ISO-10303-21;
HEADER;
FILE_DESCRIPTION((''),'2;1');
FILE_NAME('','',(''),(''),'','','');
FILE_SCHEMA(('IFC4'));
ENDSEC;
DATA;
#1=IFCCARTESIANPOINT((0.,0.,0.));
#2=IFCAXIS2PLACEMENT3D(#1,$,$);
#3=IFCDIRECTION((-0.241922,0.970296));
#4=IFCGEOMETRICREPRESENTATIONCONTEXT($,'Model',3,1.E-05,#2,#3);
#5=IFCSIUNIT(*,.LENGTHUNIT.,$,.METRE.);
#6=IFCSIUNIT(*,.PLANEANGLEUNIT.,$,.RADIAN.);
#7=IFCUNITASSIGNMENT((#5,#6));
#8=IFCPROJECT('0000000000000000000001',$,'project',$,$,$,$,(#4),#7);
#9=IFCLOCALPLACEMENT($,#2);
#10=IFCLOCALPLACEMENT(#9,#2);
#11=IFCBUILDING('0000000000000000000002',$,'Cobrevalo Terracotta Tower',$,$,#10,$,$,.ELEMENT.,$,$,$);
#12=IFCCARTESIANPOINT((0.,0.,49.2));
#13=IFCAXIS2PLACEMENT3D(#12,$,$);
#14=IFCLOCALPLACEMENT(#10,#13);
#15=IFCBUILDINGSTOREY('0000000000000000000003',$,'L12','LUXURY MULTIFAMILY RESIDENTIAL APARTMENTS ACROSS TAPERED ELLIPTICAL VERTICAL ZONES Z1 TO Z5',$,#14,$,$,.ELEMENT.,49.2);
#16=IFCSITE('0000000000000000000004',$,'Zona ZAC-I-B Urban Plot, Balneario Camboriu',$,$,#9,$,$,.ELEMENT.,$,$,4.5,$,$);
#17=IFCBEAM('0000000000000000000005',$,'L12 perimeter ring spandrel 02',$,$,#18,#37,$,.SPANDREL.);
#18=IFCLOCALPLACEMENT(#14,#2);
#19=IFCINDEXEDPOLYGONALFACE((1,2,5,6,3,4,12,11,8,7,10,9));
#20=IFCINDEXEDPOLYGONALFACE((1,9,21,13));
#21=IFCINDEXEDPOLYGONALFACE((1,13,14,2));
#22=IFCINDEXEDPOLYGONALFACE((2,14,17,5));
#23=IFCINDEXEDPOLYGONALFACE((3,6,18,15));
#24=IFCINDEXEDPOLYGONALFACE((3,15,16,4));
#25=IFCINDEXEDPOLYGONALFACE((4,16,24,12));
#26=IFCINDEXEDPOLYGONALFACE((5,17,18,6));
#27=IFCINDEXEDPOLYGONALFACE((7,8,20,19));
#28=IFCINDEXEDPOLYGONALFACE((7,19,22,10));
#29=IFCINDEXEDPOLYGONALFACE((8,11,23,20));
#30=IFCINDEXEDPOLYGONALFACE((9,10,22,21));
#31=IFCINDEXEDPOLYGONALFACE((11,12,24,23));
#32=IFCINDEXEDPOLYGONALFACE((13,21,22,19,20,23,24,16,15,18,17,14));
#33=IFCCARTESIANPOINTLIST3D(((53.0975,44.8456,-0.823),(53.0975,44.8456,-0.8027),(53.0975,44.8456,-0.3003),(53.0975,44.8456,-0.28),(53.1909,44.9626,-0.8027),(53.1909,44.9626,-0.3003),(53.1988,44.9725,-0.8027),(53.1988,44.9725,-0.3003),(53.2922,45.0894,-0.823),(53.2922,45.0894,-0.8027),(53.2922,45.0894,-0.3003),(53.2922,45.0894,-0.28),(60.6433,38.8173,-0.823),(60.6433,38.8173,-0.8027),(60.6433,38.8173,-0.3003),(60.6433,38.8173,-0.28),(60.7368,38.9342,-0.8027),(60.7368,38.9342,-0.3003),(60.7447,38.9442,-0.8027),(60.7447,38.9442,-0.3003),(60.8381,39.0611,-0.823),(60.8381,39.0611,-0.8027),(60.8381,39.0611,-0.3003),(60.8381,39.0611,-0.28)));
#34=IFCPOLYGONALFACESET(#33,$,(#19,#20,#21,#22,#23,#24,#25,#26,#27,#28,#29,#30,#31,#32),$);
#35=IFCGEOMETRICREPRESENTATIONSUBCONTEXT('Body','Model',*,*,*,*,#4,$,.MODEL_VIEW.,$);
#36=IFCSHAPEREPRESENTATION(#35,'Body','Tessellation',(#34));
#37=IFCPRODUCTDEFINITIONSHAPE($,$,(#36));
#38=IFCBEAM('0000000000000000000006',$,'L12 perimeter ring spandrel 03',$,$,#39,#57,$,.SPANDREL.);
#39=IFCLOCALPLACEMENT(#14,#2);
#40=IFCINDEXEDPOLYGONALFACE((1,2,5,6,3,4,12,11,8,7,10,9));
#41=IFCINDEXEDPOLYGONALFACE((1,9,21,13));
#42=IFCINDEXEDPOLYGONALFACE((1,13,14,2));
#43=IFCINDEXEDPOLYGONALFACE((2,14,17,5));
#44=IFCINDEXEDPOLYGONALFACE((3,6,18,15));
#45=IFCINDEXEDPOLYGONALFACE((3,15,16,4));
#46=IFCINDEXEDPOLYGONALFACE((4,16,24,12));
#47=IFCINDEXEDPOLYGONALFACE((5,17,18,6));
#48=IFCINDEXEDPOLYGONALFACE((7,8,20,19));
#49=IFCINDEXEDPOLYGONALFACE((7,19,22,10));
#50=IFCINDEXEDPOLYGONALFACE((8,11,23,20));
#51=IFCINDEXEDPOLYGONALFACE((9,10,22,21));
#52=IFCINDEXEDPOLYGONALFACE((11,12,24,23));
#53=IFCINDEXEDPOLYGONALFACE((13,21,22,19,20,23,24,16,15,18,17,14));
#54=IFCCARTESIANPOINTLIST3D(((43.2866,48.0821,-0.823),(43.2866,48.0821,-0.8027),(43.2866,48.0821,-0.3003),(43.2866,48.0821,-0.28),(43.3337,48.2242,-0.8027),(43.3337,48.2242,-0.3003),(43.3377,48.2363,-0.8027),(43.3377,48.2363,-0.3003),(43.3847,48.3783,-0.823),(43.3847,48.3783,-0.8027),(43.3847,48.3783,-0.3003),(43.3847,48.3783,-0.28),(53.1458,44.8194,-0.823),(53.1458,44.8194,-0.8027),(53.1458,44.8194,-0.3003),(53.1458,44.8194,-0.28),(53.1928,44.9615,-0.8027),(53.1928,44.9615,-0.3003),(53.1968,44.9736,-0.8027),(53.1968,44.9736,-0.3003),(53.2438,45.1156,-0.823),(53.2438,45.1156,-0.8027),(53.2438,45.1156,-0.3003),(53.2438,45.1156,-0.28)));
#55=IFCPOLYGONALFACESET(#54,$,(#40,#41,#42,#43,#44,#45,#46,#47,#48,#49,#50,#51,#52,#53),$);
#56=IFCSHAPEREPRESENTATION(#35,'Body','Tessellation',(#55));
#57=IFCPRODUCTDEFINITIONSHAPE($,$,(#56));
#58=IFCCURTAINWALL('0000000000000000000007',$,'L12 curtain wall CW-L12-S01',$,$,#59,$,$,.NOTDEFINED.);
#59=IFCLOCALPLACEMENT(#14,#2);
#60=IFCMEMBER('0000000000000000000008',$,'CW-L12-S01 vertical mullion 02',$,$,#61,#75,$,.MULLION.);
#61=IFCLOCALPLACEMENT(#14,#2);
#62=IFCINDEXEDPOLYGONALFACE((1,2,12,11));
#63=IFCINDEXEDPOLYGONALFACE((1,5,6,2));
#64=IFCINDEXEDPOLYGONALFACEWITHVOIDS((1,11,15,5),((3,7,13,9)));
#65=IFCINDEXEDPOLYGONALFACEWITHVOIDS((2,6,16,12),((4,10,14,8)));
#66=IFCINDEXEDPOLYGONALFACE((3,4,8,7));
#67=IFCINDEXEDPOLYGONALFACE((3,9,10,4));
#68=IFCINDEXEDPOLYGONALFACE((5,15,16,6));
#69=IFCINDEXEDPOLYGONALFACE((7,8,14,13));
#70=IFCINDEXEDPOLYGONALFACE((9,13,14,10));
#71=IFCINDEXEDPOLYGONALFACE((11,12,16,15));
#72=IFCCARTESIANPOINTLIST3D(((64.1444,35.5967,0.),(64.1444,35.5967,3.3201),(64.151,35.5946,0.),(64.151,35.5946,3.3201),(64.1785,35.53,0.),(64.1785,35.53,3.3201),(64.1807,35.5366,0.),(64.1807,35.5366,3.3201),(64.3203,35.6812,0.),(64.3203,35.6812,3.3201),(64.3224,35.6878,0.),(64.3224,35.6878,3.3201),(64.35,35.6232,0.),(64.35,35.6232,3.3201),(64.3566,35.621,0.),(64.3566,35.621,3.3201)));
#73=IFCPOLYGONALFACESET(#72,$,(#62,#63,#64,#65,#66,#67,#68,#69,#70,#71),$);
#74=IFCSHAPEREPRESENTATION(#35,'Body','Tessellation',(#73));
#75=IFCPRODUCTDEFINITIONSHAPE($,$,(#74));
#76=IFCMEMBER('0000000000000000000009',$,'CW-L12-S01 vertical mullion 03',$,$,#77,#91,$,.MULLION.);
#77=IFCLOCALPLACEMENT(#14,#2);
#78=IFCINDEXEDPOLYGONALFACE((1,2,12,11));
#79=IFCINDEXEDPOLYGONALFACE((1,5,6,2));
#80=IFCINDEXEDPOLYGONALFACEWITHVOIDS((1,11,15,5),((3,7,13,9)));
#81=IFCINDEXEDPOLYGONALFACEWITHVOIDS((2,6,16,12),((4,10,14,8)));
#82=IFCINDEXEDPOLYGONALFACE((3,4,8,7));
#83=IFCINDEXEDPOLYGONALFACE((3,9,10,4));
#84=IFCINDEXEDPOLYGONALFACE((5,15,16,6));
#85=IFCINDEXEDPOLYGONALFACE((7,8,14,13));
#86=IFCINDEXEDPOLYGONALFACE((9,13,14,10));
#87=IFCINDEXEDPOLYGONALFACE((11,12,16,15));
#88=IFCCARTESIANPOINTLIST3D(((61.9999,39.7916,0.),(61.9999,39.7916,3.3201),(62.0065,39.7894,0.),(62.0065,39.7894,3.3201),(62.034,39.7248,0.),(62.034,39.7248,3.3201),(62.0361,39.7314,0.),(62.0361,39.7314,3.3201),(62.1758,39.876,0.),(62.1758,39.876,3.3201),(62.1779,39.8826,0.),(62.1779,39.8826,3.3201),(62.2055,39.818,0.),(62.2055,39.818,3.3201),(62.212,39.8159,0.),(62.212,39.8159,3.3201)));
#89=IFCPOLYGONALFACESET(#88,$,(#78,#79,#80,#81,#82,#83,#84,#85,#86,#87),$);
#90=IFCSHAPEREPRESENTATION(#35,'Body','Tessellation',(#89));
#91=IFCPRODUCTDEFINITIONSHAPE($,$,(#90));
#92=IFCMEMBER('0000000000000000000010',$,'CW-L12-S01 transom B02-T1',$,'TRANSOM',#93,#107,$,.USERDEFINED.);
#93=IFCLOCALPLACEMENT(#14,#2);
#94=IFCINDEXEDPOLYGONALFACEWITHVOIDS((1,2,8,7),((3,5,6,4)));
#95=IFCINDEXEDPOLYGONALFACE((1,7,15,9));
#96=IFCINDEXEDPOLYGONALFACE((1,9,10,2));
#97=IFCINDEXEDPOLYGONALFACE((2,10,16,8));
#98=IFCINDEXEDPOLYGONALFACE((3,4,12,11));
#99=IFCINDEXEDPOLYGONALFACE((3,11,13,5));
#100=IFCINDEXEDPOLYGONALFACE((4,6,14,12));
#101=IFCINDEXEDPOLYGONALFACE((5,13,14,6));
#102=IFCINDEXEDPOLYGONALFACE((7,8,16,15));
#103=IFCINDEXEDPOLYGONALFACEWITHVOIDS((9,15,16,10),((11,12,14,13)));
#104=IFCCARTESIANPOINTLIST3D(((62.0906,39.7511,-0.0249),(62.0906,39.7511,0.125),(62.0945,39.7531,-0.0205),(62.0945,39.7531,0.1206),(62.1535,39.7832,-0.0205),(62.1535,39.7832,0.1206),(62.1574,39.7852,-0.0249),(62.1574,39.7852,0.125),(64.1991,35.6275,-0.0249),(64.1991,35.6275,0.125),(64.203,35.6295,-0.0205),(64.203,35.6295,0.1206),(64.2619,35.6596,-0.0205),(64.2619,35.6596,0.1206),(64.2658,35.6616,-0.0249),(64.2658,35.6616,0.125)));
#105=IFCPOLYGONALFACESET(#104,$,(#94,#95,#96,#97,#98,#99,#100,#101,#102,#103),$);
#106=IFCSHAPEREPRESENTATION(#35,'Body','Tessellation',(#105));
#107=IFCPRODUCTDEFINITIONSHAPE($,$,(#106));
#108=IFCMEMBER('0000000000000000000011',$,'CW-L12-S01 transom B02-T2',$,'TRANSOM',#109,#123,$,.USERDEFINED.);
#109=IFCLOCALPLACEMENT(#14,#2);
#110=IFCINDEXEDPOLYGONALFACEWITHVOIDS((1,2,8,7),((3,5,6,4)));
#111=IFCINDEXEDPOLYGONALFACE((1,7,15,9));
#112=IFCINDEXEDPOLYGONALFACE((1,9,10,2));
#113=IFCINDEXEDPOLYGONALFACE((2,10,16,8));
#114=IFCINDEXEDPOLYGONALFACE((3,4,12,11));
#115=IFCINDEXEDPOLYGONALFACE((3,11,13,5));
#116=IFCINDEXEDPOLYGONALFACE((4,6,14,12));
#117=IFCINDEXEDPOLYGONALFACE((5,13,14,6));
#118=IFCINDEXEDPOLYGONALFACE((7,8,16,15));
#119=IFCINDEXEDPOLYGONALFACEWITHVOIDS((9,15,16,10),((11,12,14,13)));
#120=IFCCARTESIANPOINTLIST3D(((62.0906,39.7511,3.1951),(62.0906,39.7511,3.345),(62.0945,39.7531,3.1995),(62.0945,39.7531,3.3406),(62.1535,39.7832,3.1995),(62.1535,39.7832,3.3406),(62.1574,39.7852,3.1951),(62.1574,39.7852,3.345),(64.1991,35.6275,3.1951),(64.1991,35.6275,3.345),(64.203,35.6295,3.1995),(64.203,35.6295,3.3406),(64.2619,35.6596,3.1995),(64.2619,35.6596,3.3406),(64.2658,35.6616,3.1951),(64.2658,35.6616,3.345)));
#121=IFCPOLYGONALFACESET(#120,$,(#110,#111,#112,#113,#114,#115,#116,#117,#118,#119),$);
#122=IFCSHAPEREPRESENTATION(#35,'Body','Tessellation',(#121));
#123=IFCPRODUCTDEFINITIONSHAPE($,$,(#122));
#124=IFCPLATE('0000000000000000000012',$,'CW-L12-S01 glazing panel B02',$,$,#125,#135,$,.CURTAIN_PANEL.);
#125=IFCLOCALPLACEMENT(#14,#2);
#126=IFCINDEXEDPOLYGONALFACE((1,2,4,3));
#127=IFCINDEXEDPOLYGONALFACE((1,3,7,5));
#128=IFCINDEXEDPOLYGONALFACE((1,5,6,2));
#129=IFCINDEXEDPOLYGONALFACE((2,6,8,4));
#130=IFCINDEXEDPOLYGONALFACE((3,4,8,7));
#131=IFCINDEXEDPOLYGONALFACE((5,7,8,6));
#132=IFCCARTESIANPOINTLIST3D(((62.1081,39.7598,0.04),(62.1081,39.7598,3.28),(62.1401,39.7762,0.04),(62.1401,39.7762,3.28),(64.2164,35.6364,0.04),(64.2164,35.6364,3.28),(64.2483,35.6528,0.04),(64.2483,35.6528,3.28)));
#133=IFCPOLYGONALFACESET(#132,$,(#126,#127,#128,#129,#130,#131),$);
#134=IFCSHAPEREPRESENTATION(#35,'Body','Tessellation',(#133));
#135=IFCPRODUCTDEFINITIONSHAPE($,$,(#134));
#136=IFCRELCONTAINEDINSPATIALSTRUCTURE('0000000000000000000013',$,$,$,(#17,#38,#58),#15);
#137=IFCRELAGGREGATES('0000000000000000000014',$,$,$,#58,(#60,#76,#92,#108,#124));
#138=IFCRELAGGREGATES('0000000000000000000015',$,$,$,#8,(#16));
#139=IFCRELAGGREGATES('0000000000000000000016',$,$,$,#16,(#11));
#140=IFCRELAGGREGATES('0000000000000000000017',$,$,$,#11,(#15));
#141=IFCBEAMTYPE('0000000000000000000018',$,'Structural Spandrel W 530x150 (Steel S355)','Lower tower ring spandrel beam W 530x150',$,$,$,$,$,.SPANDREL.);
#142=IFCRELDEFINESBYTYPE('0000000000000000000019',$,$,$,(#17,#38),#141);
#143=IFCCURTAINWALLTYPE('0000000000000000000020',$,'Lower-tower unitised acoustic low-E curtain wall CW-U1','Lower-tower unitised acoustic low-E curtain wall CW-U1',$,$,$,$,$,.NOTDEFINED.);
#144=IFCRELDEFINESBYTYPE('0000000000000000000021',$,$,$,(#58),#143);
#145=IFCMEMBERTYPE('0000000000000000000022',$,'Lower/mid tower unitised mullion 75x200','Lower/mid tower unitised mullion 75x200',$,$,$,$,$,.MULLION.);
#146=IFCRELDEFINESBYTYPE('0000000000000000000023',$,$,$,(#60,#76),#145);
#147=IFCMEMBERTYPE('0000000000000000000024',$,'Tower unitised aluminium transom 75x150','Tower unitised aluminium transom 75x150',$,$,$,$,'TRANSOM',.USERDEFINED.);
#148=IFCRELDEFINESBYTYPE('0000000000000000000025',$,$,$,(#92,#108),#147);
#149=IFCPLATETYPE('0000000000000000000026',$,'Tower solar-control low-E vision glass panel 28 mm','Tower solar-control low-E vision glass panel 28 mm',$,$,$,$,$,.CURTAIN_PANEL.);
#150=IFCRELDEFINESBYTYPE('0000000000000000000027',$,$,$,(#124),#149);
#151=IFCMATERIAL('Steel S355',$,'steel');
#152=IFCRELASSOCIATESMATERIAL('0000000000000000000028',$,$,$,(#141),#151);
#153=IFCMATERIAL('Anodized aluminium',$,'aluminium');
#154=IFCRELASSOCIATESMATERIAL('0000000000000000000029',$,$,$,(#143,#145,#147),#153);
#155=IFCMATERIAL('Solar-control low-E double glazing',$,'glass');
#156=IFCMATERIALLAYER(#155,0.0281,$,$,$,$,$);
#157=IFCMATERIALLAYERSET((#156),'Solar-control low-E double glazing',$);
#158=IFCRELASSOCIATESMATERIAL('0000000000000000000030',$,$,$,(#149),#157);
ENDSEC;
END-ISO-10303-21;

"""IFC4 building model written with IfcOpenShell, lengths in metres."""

from ifc_helpers import new_model, si_unit, direction, frame, origin, origin_2d, place, context, subcontext, project, spatial, rectangle, hollow_rectangle, i_section, extrude, source, transform, mapped, material, layer, layer_set, material_profile, profile_set, type_object, element, aggregate, save


model = new_model("IFC4")

# Units and contexts
model_context = context("Model", 3, precision=1e-05, world=origin(), true_north=direction((-0.241922, 0.970296)))
body_context = subcontext(model_context, "Body", "Model", "MODEL_VIEW")
ifc_project = project(units=[si_unit("LENGTHUNIT", "METRE"), si_unit("PLANEANGLEUNIT", "RADIAN")], contexts=[model_context])

# Site, building, storey
site_placement = place(None, origin())
site = spatial("IfcSite", under=ifc_project, at=site_placement, Name="Zona ZAC-I-B Urban Plot, Balneario Camboriu", CompositionType="ELEMENT", RefElevation=4.5)
building_placement = place(site_placement, origin())
building = spatial("IfcBuilding", under=site, at=building_placement, Name="Cobrevalo Terracotta Tower", CompositionType="ELEMENT")
storey_placement = place(building_placement, frame((0.0, 0.0, 49.2)))
storey = spatial("IfcBuildingStorey", under=building, at=storey_placement, Name="L12", Description="LUXURY MULTIFAMILY RESIDENTIAL APARTMENTS ACROSS TAPERED ELLIPTICAL VERTICAL ZONES Z1 TO Z5", CompositionType="ELEMENT", Elevation=49.2)

# Shared definitions
ifc_material_1 = material(Name="Steel S355", Category="steel")

# Beams
ifc_material_profile_1 = material_profile(ifc_material_1, i_section(OverallWidth=0.312, OverallDepth=0.543, WebThickness=0.0127, FlangeThickness=0.0203, at=origin_2d()), Name="W 530x150")
ifc_profile_set_1 = profile_set([ifc_material_profile_1], Name="Steel S355")
beam_type_1 = type_object("IfcBeamType", Name="Structural Spandrel W 530x150 (Steel S355)", Description="Lower tower ring spandrel beam W 530x150", PredefinedType="SPANDREL", material=ifc_profile_set_1)
beam_1_placement = place(storey_placement, frame((60.7407, 38.9392, -0.5515), z_axis=(-0.781293, 0.624165, 0.0), x_axis=(-0.624165, -0.781293, 0.0)))
element("IfcBeam", 1, at=beam_1_placement, inside=storey, type_object=beam_type_1, Name="L12 perimeter ring spandrel 02", PredefinedType="SPANDREL", context=body_context, shape_type="SweptSolid", body=[
    extrude(i_section(OverallWidth=0.312, OverallDepth=0.543, WebThickness=0.0127, FlangeThickness=0.0203, at=origin_2d()), origin(), (0.0, 0.0, 1.0), 9.6582),
])
beam_2_placement = place(storey_placement, frame((53.1948, 44.9675, -0.5515), z_axis=(-0.949365, 0.314175, 0.0), x_axis=(-0.314175, -0.949365, 0.0)))
element("IfcBeam", 2, at=beam_2_placement, inside=storey, type_object=beam_type_1, Name="L12 perimeter ring spandrel 03", PredefinedType="SPANDREL", context=body_context, shape_type="SweptSolid", body=[
    extrude(i_section(OverallWidth=0.312, OverallDepth=0.543, WebThickness=0.0127, FlangeThickness=0.0203, at=origin_2d()), origin(), (0.0, 0.0, 1.0), 10.385),
])

# Curtain wall, members, plate
ifc_material_2 = material(Name="Anodized aluminium", Category="aluminium")
curtain_wall_type = type_object("IfcCurtainWallType", Name="Lower-tower unitised acoustic low-E curtain wall CW-U1", Description="Lower-tower unitised acoustic low-E curtain wall CW-U1", PredefinedType="NOTDEFINED", material=ifc_material_2)
curtain_wall_placement = place(storey_placement, origin())
curtain_wall = element("IfcCurtainWall", 3, at=curtain_wall_placement, inside=storey, type_object=curtain_wall_type, Name="L12 curtain wall CW-L12-S01", PredefinedType="NOTDEFINED")
ifc_material_profile_2 = material_profile(ifc_material_2, hollow_rectangle(XDim=0.075, YDim=0.2, WallThickness=0.0049, at=origin_2d()), Name="CWM 75x200")
ifc_profile_set_2 = profile_set([ifc_material_profile_2], Name="Anodized aluminium")
member_type_1 = type_object("IfcMemberType", Name="Lower/mid tower unitised mullion 75x200", Description="Lower/mid tower unitised mullion 75x200", PredefinedType="MULLION", material=ifc_profile_set_2)
shared_shape_1 = source(origin(), body_context, "Body", "SweptSolid", [
    extrude(hollow_rectangle(XDim=0.075, YDim=0.2, WallThickness=0.0049, at=origin_2d()), origin(), (0.0, 0.0, 1.0), 3.3201),
])
member_1_placement = place(storey_placement, frame((64.2505, 35.6089, 0.0), z_axis=(0.0, 0.0, 1.0), x_axis=(-0.455234, 0.890372, 0.0)))
member_1 = element("IfcMember", 4, at=member_1_placement, type_object=member_type_1, Name="CW-L12-S01 vertical mullion 02", PredefinedType="MULLION", context=body_context, shape_type="MappedRepresentation", body=[
    mapped(shared_shape_1, transform((0.0, 0.0, 0.0), scale=1.0)),
])
member_2_placement = place(storey_placement, frame((62.106, 39.8037, 0.0), z_axis=(0.0, 0.0, 1.0), x_axis=(-0.455234, 0.890372, 0.0)))
member_2 = element("IfcMember", 5, at=member_2_placement, type_object=member_type_1, Name="CW-L12-S01 vertical mullion 03", PredefinedType="MULLION", context=body_context, shape_type="MappedRepresentation", body=[
    mapped(shared_shape_1, transform((0.0, 0.0, 0.0), scale=1.0)),
])
ifc_material_profile_3 = material_profile(ifc_material_2, hollow_rectangle(XDim=0.075, YDim=0.1499, WallThickness=0.0044, at=origin_2d()), Name="CWT 75x150")
ifc_profile_set_3 = profile_set([ifc_material_profile_3], Name="Anodized aluminium")
member_type_2 = type_object("IfcMemberType", Name="Tower unitised aluminium transom 75x150", Description="Tower unitised aluminium transom 75x150", ElementType="TRANSOM", PredefinedType="USERDEFINED", material=ifc_profile_set_3)
shared_shape_2 = source(origin(), body_context, "Body", "SweptSolid", [
    extrude(hollow_rectangle(XDim=0.075, YDim=0.1499, WallThickness=0.0044, at=origin_2d()), origin(), (0.0, 0.0, 1.0), 4.6313),
])
member_3_placement = place(storey_placement, frame((64.2324, 35.6445, 0.05), z_axis=(-0.45525, 0.890363, 0.0), x_axis=(-0.890363, -0.45525, 0.0)))
member_3 = element("IfcMember", 6, at=member_3_placement, type_object=member_type_2, Name="CW-L12-S01 transom B02-T1", ObjectType="TRANSOM", PredefinedType="USERDEFINED", context=body_context, shape_type="MappedRepresentation", body=[
    mapped(shared_shape_2, transform((0.0, 0.0, 0.0), scale=1.0)),
])
member_4_placement = place(storey_placement, frame((64.2324, 35.6445, 3.27), z_axis=(-0.45525, 0.890363, 0.0), x_axis=(-0.890363, -0.45525, 0.0)))
member_4 = element("IfcMember", 7, at=member_4_placement, type_object=member_type_2, Name="CW-L12-S01 transom B02-T2", ObjectType="TRANSOM", PredefinedType="USERDEFINED", context=body_context, shape_type="MappedRepresentation", body=[
    mapped(shared_shape_2, transform((0.0, 0.0, 0.0), scale=1.0)),
])
ifc_material_3 = material(Name="Solar-control low-E double glazing", Category="glass")
ifc_layer_1 = layer(ifc_material_3, 0.0281)
ifc_layer_set_1 = layer_set([ifc_layer_1], Name="Solar-control low-E double glazing")
plate_type = type_object("IfcPlateType", Name="Tower solar-control low-E vision glass panel 28 mm", Description="Tower solar-control low-E vision glass panel 28 mm", PredefinedType="CURTAIN_PANEL", material=ifc_layer_set_1)
shared_shape_3 = source(origin(), body_context, "Body", "SweptSolid", [
    extrude(rectangle(XDim=4.6311, YDim=0.0359, at=origin_2d()), origin(), (0.0, 0.0, 1.0), 3.24),
])
plate_placement = place(storey_placement, frame((63.1782, 37.7063, 0.04), z_axis=(0.0, 0.0, 1.0), x_axis=(-0.455231, 0.890373, 0.0)))
plate = element("IfcPlate", 8, at=plate_placement, type_object=plate_type, Name="CW-L12-S01 glazing panel B02", PredefinedType="CURTAIN_PANEL", context=body_context, shape_type="MappedRepresentation", body=[
    mapped(shared_shape_3, transform((0.0, 0.0, 0.0), scale=1.0)),
])
aggregate(curtain_wall, [member_1, member_2, member_3, member_4, plate])

save(model, "model.ifc")
